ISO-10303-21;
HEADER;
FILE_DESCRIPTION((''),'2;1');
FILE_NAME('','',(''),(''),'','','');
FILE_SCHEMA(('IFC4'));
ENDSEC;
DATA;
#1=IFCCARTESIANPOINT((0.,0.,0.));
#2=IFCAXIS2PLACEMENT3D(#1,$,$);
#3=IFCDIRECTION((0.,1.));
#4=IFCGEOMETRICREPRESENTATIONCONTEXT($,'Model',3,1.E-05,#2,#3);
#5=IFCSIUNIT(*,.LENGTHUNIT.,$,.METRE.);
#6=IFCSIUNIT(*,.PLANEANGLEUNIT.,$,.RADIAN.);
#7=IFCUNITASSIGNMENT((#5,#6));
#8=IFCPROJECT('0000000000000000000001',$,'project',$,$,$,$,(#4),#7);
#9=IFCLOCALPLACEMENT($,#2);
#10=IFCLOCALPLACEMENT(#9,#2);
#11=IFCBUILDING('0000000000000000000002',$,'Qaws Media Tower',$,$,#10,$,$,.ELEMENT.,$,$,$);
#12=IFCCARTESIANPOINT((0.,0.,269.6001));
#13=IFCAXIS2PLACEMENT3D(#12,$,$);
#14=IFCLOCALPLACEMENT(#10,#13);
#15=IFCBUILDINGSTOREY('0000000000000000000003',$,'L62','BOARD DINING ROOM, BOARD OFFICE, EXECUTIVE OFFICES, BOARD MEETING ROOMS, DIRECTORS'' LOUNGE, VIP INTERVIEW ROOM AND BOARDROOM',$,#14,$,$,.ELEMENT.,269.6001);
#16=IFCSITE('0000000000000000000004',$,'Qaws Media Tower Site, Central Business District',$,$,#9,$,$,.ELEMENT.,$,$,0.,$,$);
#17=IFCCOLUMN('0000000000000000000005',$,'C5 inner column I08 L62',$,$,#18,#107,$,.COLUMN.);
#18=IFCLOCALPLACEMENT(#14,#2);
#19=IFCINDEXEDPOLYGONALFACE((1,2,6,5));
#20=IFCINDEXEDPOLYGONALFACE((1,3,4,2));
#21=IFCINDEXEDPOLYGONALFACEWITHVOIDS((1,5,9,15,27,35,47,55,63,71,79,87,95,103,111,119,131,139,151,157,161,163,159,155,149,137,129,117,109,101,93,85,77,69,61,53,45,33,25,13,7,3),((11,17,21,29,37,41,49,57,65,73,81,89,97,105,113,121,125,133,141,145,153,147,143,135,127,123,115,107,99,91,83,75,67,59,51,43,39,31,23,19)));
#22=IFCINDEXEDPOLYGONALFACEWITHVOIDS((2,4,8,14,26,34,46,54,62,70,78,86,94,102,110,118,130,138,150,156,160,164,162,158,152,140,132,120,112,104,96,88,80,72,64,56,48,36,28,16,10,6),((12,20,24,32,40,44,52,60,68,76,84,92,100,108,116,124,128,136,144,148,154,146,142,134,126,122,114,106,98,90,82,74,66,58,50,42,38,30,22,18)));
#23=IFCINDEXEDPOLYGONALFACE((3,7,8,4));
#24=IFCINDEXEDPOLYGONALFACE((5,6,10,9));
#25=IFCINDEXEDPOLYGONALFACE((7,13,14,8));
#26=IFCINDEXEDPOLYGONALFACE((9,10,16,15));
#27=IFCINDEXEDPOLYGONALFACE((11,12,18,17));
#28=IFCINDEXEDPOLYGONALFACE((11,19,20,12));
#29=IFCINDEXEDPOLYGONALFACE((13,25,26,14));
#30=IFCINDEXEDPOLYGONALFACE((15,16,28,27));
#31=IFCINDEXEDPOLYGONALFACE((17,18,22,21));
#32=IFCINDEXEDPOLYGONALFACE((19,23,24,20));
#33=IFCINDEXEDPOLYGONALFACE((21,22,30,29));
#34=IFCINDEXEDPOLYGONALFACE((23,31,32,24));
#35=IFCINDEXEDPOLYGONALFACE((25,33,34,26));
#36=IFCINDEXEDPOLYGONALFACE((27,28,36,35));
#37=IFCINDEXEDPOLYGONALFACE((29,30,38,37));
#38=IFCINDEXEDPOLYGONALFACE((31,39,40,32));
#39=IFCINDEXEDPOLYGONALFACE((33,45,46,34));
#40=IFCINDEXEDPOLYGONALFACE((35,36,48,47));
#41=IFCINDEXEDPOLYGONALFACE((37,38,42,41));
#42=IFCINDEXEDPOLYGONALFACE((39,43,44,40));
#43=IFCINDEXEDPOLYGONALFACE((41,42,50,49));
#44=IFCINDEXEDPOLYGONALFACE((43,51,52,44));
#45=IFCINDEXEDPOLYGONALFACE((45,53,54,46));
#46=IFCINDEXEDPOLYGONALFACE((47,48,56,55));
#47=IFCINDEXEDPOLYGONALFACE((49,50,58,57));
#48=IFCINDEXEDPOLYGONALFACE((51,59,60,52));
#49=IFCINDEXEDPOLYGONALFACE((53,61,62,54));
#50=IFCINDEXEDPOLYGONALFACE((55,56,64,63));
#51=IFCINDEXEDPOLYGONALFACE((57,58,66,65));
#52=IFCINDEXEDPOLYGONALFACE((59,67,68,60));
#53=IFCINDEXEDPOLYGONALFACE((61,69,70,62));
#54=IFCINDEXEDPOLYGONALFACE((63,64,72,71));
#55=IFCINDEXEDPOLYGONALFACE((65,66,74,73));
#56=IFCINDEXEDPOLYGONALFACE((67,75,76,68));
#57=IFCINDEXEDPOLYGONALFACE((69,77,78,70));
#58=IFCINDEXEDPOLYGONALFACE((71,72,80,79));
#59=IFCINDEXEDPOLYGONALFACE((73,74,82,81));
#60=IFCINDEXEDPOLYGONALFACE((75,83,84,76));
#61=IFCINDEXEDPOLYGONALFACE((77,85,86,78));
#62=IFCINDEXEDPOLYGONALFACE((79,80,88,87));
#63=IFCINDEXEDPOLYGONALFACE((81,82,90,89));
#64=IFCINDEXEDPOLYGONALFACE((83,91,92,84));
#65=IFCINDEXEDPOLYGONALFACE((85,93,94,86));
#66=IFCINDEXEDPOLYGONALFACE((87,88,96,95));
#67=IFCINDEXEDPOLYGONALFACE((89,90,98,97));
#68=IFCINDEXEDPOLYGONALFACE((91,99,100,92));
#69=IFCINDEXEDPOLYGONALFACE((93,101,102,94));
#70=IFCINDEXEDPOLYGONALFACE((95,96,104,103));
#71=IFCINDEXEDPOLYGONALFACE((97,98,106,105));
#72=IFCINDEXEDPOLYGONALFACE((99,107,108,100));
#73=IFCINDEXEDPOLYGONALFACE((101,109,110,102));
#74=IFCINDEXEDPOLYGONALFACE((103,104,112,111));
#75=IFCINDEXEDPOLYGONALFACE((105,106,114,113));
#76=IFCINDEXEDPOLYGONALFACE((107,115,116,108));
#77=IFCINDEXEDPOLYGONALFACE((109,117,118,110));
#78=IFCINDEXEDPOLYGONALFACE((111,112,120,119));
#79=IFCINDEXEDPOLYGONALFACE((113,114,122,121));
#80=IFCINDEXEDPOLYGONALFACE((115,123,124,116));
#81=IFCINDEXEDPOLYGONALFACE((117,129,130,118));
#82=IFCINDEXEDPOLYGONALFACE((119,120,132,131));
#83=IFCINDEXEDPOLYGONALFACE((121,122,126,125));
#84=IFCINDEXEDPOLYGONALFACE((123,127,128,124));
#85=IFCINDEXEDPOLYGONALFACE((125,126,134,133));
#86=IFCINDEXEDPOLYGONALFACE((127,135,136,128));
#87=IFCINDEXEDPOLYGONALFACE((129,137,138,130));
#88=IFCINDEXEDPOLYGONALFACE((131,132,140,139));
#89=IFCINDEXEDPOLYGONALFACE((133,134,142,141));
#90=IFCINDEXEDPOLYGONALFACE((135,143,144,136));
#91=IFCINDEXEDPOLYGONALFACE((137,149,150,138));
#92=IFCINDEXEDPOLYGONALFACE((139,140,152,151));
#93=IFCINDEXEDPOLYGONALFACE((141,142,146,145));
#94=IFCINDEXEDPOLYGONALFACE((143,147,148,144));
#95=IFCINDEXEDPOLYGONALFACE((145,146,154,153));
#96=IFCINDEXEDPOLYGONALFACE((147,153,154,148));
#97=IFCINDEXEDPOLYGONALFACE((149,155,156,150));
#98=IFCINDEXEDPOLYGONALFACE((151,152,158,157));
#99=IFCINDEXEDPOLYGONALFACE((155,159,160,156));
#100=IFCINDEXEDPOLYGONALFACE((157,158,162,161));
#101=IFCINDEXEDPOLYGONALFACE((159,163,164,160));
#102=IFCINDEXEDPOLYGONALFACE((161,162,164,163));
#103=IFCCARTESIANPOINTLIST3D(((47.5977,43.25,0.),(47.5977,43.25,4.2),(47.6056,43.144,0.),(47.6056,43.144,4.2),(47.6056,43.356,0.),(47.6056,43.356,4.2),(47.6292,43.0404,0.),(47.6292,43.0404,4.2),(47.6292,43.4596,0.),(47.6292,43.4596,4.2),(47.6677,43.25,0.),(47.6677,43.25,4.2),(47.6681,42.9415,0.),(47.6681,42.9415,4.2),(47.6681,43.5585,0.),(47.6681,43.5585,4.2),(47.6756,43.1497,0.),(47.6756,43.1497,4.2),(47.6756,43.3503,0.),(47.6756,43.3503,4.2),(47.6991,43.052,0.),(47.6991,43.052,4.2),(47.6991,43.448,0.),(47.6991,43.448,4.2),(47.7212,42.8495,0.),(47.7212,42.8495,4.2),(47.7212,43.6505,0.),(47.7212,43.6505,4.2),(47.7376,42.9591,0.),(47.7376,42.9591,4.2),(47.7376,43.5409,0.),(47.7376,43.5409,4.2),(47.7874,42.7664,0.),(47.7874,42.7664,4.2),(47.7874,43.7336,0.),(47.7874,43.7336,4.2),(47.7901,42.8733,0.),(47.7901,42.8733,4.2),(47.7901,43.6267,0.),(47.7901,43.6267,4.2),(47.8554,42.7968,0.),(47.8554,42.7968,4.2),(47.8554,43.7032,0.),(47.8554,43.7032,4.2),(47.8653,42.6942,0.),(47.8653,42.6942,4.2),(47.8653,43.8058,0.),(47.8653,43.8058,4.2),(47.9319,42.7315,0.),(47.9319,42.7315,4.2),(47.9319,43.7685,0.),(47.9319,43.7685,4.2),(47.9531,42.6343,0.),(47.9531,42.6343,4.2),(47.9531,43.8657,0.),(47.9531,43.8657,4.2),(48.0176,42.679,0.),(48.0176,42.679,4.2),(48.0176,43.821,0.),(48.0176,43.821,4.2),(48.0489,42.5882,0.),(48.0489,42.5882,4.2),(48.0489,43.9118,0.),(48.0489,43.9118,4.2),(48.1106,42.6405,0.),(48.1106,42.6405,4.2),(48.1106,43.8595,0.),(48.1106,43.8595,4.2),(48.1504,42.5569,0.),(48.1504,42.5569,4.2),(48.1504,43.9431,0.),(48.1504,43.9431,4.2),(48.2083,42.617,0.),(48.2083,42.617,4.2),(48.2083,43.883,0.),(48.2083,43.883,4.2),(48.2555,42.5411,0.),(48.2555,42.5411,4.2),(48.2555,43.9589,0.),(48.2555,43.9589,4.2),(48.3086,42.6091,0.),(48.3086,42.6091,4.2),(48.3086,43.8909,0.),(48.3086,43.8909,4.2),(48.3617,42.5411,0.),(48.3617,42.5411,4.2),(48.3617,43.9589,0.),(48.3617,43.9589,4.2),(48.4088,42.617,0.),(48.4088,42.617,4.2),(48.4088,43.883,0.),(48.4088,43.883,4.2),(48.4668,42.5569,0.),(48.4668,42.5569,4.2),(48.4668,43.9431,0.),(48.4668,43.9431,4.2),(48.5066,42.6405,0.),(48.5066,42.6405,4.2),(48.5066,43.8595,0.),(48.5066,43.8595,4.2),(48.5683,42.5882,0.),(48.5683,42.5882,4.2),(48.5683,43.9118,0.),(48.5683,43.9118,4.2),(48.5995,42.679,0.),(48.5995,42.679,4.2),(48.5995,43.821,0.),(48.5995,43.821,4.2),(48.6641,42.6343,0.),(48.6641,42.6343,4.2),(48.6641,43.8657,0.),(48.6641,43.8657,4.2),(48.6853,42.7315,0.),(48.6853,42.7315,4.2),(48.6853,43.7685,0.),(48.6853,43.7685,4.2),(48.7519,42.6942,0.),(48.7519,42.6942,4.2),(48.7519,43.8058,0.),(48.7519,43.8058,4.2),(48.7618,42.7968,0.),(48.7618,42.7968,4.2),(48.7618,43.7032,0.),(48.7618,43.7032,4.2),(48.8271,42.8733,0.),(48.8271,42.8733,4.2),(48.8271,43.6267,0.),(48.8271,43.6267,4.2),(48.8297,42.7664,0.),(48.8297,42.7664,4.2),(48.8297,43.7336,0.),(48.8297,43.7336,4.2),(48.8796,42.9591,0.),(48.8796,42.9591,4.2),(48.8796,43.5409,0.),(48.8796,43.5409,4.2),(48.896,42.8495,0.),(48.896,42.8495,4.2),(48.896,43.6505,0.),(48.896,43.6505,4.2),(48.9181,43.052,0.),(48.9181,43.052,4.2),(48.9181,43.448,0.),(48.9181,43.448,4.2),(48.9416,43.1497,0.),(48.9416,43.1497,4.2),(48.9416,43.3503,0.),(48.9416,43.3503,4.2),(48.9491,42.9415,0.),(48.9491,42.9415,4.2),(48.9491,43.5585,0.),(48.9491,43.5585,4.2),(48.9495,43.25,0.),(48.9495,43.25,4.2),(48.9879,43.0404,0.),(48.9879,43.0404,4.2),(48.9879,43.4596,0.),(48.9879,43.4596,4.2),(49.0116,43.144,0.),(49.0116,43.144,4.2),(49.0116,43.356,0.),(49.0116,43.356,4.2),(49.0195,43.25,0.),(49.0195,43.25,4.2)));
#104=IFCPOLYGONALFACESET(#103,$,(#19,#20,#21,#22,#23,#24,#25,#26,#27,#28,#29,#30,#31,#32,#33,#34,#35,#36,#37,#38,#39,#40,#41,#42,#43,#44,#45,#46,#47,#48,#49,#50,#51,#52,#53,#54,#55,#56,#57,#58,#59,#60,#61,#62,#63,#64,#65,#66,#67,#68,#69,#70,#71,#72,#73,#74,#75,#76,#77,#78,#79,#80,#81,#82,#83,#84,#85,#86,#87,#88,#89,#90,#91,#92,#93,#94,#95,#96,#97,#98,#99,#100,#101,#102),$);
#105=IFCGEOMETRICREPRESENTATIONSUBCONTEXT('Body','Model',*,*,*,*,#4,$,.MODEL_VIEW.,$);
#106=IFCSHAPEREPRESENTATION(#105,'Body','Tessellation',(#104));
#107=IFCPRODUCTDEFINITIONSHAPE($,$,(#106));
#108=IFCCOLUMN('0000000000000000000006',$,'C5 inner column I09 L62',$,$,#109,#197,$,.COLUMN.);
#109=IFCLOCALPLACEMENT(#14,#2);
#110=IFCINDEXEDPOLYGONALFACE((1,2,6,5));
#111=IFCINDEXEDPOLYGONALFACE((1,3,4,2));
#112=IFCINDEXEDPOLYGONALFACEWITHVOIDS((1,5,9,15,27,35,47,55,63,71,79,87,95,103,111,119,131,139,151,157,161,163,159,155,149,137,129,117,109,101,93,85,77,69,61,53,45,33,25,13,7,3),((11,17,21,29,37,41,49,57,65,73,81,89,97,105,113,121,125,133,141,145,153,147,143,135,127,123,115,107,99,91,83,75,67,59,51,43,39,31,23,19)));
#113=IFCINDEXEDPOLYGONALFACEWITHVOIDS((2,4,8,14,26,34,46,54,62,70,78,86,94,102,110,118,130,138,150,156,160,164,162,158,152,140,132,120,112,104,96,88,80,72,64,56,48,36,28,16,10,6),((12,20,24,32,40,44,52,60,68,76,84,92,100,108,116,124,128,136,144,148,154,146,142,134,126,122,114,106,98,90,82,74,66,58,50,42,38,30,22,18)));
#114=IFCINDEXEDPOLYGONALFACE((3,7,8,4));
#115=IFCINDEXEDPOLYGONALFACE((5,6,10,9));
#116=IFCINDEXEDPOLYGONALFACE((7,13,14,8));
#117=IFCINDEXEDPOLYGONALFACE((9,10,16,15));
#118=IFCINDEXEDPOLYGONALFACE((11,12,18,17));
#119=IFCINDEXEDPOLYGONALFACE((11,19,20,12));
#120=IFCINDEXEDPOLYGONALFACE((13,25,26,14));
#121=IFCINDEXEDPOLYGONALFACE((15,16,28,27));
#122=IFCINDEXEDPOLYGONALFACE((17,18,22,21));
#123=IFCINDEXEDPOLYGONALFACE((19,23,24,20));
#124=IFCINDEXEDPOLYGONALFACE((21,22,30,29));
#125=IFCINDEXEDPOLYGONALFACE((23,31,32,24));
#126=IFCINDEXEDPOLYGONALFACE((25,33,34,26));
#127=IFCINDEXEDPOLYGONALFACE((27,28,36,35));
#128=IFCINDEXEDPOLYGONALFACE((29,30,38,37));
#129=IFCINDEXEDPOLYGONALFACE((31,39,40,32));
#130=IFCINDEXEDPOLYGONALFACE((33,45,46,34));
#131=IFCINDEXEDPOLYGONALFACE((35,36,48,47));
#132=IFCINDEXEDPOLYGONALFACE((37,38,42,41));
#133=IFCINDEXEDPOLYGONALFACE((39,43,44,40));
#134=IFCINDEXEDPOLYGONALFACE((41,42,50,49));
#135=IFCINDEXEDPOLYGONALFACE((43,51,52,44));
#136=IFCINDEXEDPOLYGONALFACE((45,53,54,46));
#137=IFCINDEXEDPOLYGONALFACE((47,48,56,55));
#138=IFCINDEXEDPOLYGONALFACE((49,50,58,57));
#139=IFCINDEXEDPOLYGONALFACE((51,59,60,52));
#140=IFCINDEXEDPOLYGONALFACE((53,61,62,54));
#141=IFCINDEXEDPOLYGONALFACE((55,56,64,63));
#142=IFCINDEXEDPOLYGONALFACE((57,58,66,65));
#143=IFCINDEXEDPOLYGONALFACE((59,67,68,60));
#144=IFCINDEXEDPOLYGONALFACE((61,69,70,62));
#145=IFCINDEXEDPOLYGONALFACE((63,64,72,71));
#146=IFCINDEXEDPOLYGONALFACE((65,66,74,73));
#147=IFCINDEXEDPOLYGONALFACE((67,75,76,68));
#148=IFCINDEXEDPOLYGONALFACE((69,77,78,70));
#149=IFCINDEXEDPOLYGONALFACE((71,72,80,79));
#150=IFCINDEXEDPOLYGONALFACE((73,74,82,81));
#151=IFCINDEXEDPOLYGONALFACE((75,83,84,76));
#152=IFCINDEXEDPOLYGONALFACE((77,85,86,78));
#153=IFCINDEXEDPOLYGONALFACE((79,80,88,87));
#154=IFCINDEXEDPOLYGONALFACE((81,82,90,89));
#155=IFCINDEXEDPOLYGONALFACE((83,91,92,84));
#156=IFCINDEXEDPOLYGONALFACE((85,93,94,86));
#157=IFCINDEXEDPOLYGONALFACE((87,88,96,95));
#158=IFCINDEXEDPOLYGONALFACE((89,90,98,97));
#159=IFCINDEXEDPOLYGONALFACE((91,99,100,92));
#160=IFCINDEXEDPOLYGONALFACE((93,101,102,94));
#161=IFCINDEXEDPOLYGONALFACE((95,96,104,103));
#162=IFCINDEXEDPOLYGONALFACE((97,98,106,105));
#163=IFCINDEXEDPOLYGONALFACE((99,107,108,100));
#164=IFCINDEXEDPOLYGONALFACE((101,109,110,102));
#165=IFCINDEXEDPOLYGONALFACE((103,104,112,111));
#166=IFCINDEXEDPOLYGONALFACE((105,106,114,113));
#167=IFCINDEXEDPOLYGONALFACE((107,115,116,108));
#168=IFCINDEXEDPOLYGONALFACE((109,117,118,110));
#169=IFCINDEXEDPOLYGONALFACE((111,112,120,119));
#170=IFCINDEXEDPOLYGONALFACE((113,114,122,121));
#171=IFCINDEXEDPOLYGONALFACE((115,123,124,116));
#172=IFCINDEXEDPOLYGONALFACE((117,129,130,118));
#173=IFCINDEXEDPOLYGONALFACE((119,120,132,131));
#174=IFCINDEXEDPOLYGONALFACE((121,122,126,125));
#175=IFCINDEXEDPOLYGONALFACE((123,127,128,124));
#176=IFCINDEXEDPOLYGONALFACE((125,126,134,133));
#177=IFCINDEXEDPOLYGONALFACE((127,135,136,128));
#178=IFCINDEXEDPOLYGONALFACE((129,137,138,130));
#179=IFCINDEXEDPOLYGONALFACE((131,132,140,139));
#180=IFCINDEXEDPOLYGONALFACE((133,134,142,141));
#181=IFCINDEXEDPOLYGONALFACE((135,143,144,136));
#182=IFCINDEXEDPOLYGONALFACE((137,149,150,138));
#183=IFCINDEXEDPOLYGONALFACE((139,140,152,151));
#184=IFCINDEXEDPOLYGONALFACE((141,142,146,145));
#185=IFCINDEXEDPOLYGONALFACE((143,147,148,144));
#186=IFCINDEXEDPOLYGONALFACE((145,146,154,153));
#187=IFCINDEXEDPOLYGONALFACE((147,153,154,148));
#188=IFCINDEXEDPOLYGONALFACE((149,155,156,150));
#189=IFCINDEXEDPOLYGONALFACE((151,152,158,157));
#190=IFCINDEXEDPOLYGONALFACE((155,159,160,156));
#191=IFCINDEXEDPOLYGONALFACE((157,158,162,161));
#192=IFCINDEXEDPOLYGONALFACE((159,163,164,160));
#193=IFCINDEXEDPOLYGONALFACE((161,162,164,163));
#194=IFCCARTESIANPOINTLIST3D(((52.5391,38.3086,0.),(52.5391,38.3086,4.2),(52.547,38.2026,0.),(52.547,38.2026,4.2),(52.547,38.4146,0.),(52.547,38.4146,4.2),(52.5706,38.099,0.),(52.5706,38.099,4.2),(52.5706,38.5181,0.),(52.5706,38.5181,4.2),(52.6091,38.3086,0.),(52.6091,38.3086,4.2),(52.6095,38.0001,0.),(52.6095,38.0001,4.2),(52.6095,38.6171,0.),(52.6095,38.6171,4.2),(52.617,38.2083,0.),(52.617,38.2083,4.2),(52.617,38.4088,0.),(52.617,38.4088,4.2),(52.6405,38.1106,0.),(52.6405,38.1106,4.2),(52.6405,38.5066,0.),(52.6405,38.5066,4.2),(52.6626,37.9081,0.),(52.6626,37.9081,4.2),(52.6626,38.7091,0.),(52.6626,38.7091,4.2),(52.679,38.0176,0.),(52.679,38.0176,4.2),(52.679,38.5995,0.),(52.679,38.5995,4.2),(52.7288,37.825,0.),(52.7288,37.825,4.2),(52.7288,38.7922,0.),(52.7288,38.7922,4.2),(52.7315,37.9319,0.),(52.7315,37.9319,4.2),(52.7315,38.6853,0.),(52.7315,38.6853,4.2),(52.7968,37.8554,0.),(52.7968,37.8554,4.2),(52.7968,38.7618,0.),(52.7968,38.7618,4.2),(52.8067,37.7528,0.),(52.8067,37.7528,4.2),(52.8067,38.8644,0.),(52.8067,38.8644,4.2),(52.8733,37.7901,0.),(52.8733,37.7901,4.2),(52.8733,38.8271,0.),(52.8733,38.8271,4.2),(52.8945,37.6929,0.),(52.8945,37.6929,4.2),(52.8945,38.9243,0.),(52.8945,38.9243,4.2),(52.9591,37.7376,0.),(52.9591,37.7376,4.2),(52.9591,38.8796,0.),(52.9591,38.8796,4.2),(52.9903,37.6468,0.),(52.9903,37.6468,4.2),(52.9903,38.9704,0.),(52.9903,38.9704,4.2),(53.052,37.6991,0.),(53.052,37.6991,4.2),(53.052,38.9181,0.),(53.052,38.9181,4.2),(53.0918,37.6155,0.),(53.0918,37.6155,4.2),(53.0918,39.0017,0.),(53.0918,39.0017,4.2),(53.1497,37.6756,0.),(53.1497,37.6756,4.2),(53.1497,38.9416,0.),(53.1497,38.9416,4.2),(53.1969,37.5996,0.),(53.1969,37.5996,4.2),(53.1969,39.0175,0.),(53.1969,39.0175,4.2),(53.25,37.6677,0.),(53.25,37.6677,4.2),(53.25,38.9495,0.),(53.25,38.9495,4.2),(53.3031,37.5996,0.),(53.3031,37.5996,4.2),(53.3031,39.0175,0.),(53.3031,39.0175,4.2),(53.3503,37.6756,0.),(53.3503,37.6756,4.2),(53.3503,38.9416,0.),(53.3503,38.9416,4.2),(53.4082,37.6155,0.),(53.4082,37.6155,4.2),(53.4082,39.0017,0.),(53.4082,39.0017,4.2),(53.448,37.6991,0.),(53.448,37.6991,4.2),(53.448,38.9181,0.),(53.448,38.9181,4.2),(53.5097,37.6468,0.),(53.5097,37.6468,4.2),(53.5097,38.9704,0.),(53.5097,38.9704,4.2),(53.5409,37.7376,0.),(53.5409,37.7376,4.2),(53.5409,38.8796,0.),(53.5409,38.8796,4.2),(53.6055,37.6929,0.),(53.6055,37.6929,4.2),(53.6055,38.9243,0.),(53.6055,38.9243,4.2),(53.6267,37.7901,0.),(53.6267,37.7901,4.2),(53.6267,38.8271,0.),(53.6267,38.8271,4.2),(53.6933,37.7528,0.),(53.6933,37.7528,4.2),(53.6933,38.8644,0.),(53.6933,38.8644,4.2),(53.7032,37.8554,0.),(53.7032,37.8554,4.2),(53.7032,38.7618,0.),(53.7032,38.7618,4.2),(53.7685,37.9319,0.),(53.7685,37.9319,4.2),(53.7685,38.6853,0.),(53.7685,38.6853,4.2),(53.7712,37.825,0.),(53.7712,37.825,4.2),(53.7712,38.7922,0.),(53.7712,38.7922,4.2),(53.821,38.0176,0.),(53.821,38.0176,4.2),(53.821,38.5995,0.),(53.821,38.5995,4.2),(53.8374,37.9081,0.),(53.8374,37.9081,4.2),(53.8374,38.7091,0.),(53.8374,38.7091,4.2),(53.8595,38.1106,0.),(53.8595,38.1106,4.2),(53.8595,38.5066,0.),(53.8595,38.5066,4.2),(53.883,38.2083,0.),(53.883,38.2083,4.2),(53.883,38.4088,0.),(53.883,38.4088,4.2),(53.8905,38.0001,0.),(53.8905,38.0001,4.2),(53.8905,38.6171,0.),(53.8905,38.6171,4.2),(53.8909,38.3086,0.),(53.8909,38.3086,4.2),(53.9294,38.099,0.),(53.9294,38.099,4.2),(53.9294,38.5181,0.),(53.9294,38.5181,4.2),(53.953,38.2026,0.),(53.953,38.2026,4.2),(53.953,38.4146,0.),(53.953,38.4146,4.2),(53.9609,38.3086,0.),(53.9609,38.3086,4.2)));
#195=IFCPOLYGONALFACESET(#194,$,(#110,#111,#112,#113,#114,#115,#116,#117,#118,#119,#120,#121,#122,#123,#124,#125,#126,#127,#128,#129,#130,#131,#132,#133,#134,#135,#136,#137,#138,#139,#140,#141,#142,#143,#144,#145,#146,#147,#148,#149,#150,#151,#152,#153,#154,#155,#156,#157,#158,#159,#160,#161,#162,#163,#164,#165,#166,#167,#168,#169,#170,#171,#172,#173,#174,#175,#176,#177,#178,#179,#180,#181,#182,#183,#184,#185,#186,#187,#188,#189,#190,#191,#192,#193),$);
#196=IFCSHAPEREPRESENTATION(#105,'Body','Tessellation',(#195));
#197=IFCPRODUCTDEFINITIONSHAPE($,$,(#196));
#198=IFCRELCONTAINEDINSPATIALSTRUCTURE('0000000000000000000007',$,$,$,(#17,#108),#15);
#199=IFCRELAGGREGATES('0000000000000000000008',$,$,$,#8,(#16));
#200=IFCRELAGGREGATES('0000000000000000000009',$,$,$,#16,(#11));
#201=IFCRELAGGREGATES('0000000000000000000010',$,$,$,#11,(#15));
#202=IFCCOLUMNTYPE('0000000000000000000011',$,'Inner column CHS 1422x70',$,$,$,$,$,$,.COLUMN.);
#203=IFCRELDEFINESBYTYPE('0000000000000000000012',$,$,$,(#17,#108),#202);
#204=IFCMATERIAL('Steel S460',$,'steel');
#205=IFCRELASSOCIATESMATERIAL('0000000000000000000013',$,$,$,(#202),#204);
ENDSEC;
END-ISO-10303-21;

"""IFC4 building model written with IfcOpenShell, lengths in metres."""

from ifc_helpers import new_model, si_unit, direction, frame, origin, origin_2d, place, context, subcontext, project, spatial, hollow_circle, extrude, material, material_profile, profile_set, type_object, element, save


model = new_model("IFC4")

# Units and contexts
model_context = context("Model", 3, precision=1e-05, world=origin(), true_north=direction((0.0, 1.0)))
body_context = subcontext(model_context, "Body", "Model", "MODEL_VIEW")
ifc_project = project(units=[si_unit("LENGTHUNIT", "METRE"), si_unit("PLANEANGLEUNIT", "RADIAN")], contexts=[model_context])

# Site, building, storey
site_placement = place(None, origin())
site = spatial("IfcSite", under=ifc_project, at=site_placement, Name="Qaws Media Tower Site, Central Business District", CompositionType="ELEMENT", RefElevation=0.0)
building_placement = place(site_placement, origin())
building = spatial("IfcBuilding", under=site, at=building_placement, Name="Qaws Media Tower", CompositionType="ELEMENT")
storey_placement = place(building_placement, frame((0.0, 0.0, 269.6001)))
storey = spatial("IfcBuildingStorey", under=building, at=storey_placement, Name="L62", Description="BOARD DINING ROOM, BOARD OFFICE, EXECUTIVE OFFICES, BOARD MEETING ROOMS, DIRECTORS' LOUNGE, VIP INTERVIEW ROOM AND BOARDROOM", CompositionType="ELEMENT", Elevation=269.6001)

# Columns
ifc_material_1 = material(Name="Steel S460", Category="steel")
ifc_material_profile_1 = material_profile(ifc_material_1, hollow_circle(Radius=0.7109, WallThickness=0.0701, at=origin_2d()), Name="CHS 1422x70")
ifc_profile_set_1 = profile_set([ifc_material_profile_1], Name="Steel S460")
column_type = type_object("IfcColumnType", Name="Inner column CHS 1422x70", PredefinedType="COLUMN", material=ifc_profile_set_1)
for number, where, z_axis, x_axis, name in (
    (1, (48.3086, 43.25, 0.0), (0.0, 0.0, 1.0), (1.0, 0.0, 0.0), "C5 inner column I08 L62"),
    (2, (53.25, 38.3086, 0.0), (0.0, 0.0, 1.0), (1.0, 0.0, 0.0), "C5 inner column I09 L62"),
):
    element("IfcColumn", number, at=place(storey_placement, frame(where, z_axis=z_axis, x_axis=x_axis)), inside=storey, type_object=column_type, Name=name, PredefinedType="COLUMN", context=body_context, shape_type="SweptSolid", body=[
        extrude(hollow_circle(Radius=0.7109, WallThickness=0.0701, at=origin_2d()), origin(), (0.0, 0.0, 1.0), 4.2),
    ])

save(model, "model.ifc")
